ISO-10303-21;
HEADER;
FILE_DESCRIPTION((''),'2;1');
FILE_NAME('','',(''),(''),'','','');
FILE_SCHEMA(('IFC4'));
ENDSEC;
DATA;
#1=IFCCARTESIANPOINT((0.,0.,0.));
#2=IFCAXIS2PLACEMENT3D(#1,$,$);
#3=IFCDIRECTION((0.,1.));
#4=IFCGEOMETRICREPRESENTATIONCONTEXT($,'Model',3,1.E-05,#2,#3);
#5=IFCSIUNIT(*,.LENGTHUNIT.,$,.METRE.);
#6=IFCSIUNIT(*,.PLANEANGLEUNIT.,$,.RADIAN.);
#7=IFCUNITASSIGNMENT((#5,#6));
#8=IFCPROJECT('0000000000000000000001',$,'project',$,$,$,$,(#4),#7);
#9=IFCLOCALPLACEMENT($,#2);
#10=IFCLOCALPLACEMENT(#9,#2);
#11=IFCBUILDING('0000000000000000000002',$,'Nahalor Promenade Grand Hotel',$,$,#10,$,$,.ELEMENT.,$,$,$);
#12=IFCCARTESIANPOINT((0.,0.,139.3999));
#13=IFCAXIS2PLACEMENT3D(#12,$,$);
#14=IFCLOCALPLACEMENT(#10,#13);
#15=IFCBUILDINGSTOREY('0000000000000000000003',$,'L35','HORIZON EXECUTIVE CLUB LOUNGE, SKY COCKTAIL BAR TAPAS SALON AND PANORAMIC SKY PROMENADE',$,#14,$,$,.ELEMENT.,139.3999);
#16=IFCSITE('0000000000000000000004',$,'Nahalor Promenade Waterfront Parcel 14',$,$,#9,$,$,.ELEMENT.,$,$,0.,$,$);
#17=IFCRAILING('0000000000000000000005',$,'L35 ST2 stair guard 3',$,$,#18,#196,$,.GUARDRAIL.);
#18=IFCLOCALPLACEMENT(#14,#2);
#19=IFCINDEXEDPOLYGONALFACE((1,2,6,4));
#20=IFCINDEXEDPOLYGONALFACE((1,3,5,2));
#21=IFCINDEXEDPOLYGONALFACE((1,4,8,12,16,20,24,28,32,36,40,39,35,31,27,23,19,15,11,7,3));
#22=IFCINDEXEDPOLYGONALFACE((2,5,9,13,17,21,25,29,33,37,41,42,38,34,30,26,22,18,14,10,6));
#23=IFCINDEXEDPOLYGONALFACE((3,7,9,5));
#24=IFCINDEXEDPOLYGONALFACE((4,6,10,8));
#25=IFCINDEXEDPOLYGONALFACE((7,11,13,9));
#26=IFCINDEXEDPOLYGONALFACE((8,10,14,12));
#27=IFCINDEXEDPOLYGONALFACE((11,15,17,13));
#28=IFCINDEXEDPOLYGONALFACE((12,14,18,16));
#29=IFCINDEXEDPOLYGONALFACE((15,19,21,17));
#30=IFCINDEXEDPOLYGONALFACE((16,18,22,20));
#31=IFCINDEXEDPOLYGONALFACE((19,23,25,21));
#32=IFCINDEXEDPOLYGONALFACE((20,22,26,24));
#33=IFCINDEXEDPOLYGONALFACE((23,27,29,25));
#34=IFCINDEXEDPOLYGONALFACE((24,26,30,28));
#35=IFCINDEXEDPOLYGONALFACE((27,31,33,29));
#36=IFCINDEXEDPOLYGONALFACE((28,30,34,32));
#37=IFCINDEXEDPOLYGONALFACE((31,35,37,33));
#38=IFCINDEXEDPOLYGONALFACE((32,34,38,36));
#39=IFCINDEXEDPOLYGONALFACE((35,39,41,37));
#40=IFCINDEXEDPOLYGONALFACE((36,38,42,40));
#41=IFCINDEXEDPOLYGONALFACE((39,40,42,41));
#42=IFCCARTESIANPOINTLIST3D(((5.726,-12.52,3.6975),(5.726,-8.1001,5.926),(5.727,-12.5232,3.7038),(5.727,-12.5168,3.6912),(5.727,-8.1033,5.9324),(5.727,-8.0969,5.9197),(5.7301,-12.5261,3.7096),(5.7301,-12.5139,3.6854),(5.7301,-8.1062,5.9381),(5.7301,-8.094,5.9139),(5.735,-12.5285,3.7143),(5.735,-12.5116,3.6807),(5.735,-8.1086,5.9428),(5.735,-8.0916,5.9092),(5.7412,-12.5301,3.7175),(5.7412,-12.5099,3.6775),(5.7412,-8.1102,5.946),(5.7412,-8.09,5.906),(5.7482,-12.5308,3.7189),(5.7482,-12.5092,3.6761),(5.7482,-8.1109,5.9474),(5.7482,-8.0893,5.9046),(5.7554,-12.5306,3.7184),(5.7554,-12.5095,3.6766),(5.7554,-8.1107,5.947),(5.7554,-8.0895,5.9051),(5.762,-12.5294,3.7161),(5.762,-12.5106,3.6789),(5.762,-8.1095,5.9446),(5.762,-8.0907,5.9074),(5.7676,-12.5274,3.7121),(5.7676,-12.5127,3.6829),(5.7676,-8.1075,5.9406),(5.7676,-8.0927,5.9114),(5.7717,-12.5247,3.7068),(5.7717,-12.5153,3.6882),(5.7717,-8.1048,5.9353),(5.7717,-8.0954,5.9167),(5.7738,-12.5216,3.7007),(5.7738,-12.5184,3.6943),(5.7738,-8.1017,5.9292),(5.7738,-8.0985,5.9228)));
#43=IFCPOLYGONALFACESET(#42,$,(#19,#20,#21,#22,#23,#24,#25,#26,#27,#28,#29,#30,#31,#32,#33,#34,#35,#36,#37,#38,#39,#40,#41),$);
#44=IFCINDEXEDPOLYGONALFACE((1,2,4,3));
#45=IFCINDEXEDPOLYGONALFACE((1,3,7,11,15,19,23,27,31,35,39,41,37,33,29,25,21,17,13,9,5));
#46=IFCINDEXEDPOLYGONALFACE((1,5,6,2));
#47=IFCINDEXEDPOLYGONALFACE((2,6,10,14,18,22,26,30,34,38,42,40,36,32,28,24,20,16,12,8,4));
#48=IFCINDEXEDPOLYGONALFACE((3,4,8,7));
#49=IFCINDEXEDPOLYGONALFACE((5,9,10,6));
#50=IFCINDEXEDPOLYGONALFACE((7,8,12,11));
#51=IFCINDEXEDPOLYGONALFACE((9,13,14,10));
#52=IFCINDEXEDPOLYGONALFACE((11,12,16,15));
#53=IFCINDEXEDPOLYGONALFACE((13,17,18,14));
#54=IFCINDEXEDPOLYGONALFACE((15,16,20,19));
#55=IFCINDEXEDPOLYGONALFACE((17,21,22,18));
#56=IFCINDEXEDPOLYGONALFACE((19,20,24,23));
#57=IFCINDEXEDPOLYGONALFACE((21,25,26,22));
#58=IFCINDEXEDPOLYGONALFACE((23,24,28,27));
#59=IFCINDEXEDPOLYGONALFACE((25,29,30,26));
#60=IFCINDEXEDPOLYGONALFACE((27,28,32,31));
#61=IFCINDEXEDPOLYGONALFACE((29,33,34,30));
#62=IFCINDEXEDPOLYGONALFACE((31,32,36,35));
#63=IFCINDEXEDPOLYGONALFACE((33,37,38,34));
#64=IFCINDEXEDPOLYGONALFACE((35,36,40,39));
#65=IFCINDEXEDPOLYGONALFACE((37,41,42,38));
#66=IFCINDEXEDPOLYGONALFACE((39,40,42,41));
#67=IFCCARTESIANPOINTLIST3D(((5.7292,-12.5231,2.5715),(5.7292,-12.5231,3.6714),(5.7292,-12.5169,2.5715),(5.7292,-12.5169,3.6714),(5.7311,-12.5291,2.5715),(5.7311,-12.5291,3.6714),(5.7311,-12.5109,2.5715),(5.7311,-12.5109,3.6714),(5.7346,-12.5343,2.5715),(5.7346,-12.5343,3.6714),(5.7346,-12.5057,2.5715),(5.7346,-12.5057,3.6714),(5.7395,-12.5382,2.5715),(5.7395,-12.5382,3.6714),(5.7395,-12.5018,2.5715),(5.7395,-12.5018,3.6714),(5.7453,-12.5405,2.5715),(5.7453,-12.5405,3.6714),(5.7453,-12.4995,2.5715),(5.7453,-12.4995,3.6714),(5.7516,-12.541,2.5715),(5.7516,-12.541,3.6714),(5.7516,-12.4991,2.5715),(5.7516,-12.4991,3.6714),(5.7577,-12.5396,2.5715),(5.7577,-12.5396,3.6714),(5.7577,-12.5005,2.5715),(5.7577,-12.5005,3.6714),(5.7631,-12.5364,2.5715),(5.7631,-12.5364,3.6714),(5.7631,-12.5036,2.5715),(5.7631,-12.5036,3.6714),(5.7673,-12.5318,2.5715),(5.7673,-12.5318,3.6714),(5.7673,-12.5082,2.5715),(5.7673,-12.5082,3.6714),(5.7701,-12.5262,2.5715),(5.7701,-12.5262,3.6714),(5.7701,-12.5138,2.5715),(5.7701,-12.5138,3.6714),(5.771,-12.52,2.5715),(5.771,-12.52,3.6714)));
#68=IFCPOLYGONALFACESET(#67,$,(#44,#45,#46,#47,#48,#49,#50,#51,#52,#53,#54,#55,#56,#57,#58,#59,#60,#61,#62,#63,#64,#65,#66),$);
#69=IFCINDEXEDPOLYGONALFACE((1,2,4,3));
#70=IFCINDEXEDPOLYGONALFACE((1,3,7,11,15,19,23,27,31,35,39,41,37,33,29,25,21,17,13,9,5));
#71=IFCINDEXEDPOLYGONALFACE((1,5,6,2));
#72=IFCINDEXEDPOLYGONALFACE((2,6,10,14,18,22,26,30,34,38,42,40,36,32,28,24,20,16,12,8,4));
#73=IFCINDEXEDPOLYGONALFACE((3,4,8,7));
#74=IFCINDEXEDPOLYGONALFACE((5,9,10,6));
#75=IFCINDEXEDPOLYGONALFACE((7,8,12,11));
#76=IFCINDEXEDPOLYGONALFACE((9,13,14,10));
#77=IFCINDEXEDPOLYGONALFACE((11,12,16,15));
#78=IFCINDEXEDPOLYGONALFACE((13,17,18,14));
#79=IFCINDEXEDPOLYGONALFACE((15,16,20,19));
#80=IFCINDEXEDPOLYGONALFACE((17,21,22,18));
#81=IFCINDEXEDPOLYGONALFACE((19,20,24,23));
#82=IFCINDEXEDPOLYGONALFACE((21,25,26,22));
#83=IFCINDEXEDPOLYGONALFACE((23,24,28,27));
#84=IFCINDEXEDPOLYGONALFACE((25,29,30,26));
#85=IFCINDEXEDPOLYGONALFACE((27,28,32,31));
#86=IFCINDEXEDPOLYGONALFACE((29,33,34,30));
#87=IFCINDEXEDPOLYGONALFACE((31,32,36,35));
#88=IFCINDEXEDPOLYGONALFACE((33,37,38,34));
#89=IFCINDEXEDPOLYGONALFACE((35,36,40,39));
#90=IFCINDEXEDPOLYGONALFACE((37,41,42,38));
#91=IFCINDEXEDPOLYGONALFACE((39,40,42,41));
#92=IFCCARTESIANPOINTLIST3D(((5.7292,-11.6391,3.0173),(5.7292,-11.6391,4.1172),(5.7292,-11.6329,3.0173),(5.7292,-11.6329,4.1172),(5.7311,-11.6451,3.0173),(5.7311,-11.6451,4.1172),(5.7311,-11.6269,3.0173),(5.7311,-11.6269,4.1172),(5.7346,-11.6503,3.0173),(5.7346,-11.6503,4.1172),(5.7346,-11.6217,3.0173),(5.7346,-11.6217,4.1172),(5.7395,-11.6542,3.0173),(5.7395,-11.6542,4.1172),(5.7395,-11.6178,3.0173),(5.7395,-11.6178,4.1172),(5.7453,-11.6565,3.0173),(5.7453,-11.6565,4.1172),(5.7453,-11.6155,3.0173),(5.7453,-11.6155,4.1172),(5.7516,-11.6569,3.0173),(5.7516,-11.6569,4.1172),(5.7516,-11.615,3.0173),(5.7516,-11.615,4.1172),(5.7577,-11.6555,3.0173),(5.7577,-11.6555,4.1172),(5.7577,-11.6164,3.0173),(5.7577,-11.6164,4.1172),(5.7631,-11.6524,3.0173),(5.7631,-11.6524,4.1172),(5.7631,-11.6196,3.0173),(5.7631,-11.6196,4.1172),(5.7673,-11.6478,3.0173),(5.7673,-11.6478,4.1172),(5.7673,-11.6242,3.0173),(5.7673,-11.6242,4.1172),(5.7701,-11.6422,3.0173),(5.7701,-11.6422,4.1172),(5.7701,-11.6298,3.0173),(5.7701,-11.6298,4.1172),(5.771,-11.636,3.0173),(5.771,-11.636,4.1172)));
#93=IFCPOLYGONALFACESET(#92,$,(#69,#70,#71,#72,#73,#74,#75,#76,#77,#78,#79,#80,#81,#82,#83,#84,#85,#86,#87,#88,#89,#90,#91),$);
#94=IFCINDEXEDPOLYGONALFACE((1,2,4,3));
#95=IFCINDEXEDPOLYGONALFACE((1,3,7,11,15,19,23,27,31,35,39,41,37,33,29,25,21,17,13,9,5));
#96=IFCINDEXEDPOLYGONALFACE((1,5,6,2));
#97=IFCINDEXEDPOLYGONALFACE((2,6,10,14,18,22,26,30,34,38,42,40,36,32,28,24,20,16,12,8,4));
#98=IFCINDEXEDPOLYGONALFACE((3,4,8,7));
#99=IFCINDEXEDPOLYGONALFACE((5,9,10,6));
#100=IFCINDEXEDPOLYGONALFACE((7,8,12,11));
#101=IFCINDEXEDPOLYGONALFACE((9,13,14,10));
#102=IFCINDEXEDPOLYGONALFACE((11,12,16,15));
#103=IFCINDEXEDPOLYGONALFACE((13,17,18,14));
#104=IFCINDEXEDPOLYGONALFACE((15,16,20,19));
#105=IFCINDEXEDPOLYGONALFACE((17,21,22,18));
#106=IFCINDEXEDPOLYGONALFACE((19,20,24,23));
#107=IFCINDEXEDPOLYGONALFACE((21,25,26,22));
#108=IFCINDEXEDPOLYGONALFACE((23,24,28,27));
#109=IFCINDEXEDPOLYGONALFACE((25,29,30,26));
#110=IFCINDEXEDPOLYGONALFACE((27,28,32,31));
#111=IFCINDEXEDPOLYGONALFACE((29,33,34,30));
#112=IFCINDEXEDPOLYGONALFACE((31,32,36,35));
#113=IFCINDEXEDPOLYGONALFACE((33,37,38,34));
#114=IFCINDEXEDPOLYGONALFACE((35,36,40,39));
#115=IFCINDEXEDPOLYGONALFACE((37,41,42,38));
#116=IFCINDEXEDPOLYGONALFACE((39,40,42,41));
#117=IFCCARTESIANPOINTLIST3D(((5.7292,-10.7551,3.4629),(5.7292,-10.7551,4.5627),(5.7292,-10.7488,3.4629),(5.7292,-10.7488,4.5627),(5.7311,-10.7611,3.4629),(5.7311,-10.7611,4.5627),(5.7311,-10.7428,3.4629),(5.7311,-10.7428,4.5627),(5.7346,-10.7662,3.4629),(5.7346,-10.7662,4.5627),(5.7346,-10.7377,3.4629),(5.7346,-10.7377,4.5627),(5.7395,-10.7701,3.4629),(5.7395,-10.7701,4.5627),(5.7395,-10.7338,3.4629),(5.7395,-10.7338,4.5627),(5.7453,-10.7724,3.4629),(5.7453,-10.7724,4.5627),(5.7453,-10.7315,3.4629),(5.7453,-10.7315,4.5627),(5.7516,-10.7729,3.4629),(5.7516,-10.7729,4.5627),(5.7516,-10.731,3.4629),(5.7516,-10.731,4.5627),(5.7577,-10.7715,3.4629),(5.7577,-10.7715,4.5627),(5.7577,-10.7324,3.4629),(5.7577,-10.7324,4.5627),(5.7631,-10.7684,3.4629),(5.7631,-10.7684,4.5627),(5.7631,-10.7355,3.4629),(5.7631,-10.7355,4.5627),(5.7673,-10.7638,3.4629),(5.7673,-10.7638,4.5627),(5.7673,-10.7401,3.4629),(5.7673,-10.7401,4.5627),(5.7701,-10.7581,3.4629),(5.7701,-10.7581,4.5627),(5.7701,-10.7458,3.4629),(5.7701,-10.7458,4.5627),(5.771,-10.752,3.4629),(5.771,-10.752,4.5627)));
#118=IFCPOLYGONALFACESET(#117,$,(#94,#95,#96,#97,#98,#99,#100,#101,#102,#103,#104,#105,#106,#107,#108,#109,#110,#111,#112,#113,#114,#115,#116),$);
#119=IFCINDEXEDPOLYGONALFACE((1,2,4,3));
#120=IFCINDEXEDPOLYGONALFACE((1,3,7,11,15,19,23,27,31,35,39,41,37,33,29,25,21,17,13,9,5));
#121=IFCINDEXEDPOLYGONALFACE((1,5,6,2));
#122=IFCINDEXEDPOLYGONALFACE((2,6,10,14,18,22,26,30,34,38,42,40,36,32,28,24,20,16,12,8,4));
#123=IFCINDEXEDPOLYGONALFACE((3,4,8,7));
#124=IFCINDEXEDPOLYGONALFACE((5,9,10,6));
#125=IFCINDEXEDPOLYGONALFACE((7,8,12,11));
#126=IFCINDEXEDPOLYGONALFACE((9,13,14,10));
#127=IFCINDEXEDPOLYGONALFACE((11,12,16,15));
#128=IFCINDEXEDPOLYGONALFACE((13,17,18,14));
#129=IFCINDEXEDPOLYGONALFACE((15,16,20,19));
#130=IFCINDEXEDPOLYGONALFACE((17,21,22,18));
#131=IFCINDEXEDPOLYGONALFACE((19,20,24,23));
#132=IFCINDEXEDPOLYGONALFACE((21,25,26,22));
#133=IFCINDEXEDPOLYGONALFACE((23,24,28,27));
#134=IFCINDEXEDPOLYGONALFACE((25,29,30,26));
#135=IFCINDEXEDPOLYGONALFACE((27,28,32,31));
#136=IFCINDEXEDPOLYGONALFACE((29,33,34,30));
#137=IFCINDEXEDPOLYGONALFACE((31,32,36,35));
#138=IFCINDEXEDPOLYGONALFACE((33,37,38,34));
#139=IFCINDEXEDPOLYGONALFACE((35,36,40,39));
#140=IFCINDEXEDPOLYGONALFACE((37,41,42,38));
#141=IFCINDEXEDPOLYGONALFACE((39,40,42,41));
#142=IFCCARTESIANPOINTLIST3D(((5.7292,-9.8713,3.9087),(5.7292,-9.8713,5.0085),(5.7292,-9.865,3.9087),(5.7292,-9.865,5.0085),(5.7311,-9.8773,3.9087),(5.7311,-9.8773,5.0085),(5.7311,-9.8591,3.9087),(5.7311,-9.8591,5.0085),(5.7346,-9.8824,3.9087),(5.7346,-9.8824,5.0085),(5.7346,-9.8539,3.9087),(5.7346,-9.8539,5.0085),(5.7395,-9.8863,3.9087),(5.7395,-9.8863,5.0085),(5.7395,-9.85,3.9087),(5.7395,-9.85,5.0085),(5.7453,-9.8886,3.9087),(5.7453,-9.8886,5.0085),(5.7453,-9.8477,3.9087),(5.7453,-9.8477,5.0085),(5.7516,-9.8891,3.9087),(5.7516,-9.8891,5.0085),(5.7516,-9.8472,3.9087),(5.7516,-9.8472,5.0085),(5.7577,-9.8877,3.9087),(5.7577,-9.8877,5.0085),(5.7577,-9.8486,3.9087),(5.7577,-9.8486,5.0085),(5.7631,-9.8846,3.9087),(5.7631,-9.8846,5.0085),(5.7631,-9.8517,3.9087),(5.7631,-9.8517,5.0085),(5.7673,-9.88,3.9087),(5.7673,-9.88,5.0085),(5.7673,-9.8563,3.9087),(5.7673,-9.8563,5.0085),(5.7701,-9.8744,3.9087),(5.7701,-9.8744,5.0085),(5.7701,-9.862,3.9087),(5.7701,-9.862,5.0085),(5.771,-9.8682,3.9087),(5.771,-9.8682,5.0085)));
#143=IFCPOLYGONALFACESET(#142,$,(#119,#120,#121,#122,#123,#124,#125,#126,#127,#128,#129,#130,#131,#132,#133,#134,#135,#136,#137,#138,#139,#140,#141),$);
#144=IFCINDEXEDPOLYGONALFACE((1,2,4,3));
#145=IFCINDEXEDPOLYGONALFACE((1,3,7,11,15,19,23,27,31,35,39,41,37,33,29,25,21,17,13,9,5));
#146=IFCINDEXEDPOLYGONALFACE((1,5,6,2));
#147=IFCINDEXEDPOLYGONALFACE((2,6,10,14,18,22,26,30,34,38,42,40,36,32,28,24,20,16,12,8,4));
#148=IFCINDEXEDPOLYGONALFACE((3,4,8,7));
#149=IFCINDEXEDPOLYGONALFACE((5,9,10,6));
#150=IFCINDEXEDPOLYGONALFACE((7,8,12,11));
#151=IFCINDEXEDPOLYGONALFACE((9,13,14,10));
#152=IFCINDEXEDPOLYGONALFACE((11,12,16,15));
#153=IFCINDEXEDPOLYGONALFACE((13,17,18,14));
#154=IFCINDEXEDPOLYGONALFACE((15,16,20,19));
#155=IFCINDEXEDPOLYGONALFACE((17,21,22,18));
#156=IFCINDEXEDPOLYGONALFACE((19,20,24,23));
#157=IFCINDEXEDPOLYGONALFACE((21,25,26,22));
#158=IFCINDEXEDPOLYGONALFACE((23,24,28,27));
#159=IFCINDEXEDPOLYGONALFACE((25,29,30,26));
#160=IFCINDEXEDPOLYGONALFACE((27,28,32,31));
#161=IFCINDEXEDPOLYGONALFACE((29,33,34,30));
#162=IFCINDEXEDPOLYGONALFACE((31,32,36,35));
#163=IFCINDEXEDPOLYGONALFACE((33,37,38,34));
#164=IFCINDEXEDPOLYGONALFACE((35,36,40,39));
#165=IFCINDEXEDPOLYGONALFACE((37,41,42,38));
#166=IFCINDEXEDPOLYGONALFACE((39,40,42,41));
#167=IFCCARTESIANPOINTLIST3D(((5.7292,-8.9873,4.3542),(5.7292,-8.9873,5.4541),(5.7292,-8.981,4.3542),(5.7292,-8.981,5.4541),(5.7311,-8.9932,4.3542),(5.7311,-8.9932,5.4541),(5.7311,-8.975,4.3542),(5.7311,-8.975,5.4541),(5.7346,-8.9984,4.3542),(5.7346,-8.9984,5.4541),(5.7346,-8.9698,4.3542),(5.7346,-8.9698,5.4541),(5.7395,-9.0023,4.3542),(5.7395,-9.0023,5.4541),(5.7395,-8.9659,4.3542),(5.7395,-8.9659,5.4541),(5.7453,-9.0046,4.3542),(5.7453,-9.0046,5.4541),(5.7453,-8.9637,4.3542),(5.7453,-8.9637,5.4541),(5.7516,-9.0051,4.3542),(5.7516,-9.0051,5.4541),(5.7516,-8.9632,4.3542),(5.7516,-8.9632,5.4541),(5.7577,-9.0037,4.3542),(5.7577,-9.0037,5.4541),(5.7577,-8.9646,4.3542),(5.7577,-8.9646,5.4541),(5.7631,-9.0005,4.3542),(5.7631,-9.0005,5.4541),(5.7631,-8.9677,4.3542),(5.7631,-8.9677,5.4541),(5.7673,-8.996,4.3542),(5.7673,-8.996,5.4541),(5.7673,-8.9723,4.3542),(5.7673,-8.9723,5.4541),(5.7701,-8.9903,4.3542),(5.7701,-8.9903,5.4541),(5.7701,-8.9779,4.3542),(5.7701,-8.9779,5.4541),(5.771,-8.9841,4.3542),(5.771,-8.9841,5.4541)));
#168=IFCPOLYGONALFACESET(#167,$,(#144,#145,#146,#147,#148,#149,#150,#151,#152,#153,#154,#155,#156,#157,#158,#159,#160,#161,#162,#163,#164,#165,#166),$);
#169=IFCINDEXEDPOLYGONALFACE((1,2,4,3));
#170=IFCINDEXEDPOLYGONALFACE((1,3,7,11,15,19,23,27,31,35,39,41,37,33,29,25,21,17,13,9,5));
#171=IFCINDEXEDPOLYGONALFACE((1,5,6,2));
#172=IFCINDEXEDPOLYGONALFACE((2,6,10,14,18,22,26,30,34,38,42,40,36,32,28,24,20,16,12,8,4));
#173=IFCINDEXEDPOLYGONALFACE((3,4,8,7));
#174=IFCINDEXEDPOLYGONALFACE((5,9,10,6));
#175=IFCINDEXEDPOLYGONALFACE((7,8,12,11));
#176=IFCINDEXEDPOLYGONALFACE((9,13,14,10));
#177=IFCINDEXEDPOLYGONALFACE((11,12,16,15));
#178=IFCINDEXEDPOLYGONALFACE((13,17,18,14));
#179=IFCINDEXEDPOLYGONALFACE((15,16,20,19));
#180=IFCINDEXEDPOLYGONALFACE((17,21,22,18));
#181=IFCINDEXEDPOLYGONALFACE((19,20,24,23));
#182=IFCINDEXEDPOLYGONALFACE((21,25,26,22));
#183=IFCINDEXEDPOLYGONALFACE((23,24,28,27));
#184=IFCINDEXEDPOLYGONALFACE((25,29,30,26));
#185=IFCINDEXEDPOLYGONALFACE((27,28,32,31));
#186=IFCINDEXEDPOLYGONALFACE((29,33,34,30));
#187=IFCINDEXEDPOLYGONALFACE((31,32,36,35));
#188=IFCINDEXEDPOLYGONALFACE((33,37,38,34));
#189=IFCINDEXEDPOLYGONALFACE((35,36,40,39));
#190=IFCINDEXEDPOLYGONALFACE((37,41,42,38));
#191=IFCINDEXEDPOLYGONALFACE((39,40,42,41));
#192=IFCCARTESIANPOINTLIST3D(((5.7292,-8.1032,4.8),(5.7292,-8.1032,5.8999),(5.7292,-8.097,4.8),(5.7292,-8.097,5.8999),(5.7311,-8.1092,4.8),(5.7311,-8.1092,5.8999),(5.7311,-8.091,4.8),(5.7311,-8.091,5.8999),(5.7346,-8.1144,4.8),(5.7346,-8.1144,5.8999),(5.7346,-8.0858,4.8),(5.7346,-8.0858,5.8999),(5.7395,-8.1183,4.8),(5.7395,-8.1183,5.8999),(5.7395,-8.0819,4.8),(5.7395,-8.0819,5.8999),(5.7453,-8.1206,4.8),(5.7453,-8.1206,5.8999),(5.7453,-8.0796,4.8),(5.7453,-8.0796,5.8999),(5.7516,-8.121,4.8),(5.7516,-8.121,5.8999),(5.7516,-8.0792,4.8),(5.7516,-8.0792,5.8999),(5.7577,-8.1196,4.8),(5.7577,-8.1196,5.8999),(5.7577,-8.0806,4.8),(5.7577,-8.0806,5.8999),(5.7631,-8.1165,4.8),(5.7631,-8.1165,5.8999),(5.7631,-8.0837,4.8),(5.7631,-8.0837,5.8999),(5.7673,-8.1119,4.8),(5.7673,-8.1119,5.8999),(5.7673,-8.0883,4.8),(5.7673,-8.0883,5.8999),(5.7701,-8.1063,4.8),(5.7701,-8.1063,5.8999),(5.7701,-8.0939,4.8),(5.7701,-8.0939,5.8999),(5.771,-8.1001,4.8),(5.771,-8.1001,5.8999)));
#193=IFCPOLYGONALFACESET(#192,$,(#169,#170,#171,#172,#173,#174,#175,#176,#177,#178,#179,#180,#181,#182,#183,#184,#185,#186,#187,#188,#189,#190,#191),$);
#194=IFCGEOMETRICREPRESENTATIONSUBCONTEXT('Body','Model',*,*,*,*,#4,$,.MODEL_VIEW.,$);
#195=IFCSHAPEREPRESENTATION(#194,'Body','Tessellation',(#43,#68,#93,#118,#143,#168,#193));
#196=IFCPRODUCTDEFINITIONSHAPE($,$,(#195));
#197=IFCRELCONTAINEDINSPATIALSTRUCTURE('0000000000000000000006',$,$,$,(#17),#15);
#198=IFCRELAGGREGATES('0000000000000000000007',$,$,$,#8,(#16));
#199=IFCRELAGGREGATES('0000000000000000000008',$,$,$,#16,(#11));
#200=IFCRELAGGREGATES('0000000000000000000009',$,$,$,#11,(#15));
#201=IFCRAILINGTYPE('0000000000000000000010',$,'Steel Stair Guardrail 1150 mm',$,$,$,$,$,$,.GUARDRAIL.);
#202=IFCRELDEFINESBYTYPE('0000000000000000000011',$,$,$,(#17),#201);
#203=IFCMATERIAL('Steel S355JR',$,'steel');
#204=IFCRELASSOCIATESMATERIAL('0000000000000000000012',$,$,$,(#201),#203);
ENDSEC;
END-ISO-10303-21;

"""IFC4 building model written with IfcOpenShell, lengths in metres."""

from ifc_helpers import new_model, si_unit, direction, frame, origin, origin_2d, place, context, subcontext, project, spatial, circle, extrude, material, type_object, element, save


model = new_model("IFC4")

# Units and contexts
model_context = context("Model", 3, precision=1e-05, world=origin(), true_north=direction((0.0, 1.0)))
body_context = subcontext(model_context, "Body", "Model", "MODEL_VIEW")
ifc_project = project(units=[si_unit("LENGTHUNIT", "METRE"), si_unit("PLANEANGLEUNIT", "RADIAN")], contexts=[model_context])

# Site, building, storey
site_placement = place(None, origin())
site = spatial("IfcSite", under=ifc_project, at=site_placement, Name="Nahalor Promenade Waterfront Parcel 14", CompositionType="ELEMENT", RefElevation=0.0)
building_placement = place(site_placement, origin())
building = spatial("IfcBuilding", under=site, at=building_placement, Name="Nahalor Promenade Grand Hotel", CompositionType="ELEMENT")
storey_placement = place(building_placement, frame((0.0, 0.0, 139.3999)))
storey = spatial("IfcBuildingStorey", under=building, at=storey_placement, Name="L35", Description="HORIZON EXECUTIVE CLUB LOUNGE, SKY COCKTAIL BAR TAPAS SALON AND PANORAMIC SKY PROMENADE", CompositionType="ELEMENT", Elevation=139.3999)

# Shared definitions
ifc_material_1 = material(Name="Steel S355JR", Category="steel")

# Railing
railing_type_1 = type_object("IfcRailingType", Name="Steel Stair Guardrail 1150 mm", PredefinedType="GUARDRAIL", material=ifc_material_1)
railing_1_placement = place(storey_placement, frame((5.75, -12.52, 2.5715)))
element("IfcRailing", 1, at=railing_1_placement, inside=storey, type_object=railing_type_1, Name="L35 ST2 stair guard 3", PredefinedType="GUARDRAIL", context=body_context, shape_type="SweptSolid", body=[
    extrude(circle(Radius=0.024, at=origin_2d()), frame((0.0, 0.0, 1.126), z_axis=(0.0, 0.892923, 0.45021), x_axis=(-1.0, 0.0, 0.0)), (0.0, 0.0, 1.0), 4.95),
    extrude(circle(Radius=0.021, at=origin_2d()), origin(), (0.0, 0.0, 1.0), 1.0999),
    extrude(circle(Radius=0.021, at=origin_2d()), frame((0.0, 0.884, 0.4458)), (0.0, 0.0, 1.0), 1.0999),
    extrude(circle(Radius=0.021, at=origin_2d()), frame((0.0, 1.7681, 0.8914)), (0.0, 0.0, 1.0), 1.0999),
    extrude(circle(Radius=0.021, at=origin_2d()), frame((0.0, 2.6519, 1.3372)), (0.0, 0.0, 1.0), 1.0999),
    extrude(circle(Radius=0.021, at=origin_2d()), frame((0.0, 3.5359, 1.7827)), (0.0, 0.0, 1.0), 1.0999),
    extrude(circle(Radius=0.021, at=origin_2d()), frame((0.0, 4.4199, 2.2285)), (0.0, 0.0, 1.0), 1.0999),
])

save(model, "model.ifc")
